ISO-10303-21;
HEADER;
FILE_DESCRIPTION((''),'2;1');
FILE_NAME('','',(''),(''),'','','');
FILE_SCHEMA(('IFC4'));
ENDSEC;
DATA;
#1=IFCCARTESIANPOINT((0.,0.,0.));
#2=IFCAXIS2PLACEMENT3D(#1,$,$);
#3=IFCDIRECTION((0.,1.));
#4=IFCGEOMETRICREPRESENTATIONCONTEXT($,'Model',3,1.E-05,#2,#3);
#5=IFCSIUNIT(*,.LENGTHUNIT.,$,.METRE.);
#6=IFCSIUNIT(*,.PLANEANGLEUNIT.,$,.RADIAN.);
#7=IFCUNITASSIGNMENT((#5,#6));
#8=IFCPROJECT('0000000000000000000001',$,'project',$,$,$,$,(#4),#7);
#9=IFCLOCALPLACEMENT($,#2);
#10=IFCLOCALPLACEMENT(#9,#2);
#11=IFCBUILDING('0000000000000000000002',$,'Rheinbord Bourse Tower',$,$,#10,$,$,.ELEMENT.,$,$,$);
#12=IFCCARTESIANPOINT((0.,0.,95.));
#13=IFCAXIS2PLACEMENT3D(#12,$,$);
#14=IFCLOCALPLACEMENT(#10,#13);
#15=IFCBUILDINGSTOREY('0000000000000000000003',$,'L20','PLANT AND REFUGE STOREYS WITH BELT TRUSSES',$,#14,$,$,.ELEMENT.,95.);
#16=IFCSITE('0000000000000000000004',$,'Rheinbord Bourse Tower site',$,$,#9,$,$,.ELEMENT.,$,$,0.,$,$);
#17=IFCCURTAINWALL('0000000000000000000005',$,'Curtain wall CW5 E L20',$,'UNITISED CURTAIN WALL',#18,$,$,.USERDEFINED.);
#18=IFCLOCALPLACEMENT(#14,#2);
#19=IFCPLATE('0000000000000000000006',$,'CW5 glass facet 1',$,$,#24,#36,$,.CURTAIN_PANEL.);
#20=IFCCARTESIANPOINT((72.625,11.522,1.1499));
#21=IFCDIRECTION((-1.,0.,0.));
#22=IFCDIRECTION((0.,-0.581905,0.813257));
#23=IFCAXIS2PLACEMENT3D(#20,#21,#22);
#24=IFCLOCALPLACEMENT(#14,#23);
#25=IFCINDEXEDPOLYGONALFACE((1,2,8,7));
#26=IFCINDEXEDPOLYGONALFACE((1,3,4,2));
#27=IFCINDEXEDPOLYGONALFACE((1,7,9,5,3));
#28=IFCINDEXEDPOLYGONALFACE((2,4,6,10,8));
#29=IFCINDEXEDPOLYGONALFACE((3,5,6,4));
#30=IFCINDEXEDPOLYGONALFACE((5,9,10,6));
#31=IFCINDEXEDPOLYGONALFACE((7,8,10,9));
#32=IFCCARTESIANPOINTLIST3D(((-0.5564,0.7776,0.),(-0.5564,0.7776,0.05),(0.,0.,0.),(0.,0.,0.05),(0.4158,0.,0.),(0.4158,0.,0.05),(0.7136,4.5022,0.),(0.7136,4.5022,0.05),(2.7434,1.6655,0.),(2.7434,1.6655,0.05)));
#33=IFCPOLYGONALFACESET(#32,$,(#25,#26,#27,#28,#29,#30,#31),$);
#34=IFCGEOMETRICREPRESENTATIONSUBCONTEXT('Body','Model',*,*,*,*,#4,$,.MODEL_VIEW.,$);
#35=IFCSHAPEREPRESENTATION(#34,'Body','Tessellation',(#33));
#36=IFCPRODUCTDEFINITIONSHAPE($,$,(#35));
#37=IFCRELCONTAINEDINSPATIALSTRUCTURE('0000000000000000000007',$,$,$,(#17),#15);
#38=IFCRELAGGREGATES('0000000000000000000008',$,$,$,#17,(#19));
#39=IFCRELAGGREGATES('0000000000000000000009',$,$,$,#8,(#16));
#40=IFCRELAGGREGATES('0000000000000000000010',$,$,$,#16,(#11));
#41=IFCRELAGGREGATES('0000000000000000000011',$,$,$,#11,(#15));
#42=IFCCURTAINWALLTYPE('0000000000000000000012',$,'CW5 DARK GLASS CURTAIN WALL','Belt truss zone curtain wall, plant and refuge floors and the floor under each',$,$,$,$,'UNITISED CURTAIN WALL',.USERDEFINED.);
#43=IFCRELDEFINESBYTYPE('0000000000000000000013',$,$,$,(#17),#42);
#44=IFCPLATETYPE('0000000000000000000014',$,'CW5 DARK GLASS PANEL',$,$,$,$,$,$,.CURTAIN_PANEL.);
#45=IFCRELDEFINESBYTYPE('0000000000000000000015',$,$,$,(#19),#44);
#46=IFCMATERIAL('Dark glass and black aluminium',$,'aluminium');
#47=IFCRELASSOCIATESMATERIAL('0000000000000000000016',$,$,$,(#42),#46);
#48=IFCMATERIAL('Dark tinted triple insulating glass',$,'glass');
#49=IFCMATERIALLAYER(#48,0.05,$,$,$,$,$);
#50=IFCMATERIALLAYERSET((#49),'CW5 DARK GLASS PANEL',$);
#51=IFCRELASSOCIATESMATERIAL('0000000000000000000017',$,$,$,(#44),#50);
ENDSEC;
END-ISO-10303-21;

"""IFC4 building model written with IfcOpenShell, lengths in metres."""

from ifc_helpers import new_model, si_unit, direction, frame, origin, place, context, subcontext, project, spatial, polyline, outline, extrude, material, layer, layer_set, type_object, element, aggregate, save


model = new_model("IFC4")

# Units and contexts
model_context = context("Model", 3, precision=1e-05, world=origin(), true_north=direction((0.0, 1.0)))
body_context = subcontext(model_context, "Body", "Model", "MODEL_VIEW")
ifc_project = project(units=[si_unit("LENGTHUNIT", "METRE"), si_unit("PLANEANGLEUNIT", "RADIAN")], contexts=[model_context])

# Site, building, storey
site_placement = place(None, origin())
site = spatial("IfcSite", under=ifc_project, at=site_placement, Name="Rheinbord Bourse Tower site", CompositionType="ELEMENT", RefElevation=0.0)
building_placement = place(site_placement, origin())
building = spatial("IfcBuilding", under=site, at=building_placement, Name="Rheinbord Bourse Tower", CompositionType="ELEMENT")
storey_placement = place(building_placement, frame((0.0, 0.0, 95.0)))
storey = spatial("IfcBuildingStorey", under=building, at=storey_placement, Name="L20", Description="PLANT AND REFUGE STOREYS WITH BELT TRUSSES", CompositionType="ELEMENT", Elevation=95.0)

# Curtain wall
ifc_material_1 = material(Name="Dark glass and black aluminium", Category="aluminium")
curtain_wall_type = type_object("IfcCurtainWallType", Name="CW5 DARK GLASS CURTAIN WALL", Description="Belt truss zone curtain wall, plant and refuge floors and the floor under each", ElementType="UNITISED CURTAIN WALL", PredefinedType="USERDEFINED", material=ifc_material_1)
curtain_wall_placement = place(storey_placement, origin())
curtain_wall = element("IfcCurtainWall", 1, at=curtain_wall_placement, inside=storey, type_object=curtain_wall_type, Name="Curtain wall CW5 E L20", ObjectType="UNITISED CURTAIN WALL", PredefinedType="USERDEFINED")

# Plate
ifc_material_2 = material(Name="Dark tinted triple insulating glass", Category="glass")
ifc_layer = layer(ifc_material_2, 0.05)
ifc_layer_set = layer_set([ifc_layer], Name="CW5 DARK GLASS PANEL")
plate_type = type_object("IfcPlateType", Name="CW5 DARK GLASS PANEL", PredefinedType="CURTAIN_PANEL", material=ifc_layer_set)
plate_1_placement = place(storey_placement, frame((72.625, 11.522, 1.1499), z_axis=(-1.0, 0.0, 0.0), x_axis=(0.0, -0.581905, 0.813257)))
plate_1 = element("IfcPlate", 2, at=plate_1_placement, type_object=plate_type, Name="CW5 glass facet 1", PredefinedType="CURTAIN_PANEL", context=body_context, shape_type="SweptSolid", body=[
    extrude(outline(polyline([(0.0, 0.0), (0.4158, 0.0), (2.7434, 1.6655), (0.7136, 4.5022), (-0.5564, 0.7776), (0.0, 0.0)])), origin(), (0.0, 0.0, 1.0), 0.05),
])
aggregate(curtain_wall, [plate_1])

save(model, "model.ifc")
